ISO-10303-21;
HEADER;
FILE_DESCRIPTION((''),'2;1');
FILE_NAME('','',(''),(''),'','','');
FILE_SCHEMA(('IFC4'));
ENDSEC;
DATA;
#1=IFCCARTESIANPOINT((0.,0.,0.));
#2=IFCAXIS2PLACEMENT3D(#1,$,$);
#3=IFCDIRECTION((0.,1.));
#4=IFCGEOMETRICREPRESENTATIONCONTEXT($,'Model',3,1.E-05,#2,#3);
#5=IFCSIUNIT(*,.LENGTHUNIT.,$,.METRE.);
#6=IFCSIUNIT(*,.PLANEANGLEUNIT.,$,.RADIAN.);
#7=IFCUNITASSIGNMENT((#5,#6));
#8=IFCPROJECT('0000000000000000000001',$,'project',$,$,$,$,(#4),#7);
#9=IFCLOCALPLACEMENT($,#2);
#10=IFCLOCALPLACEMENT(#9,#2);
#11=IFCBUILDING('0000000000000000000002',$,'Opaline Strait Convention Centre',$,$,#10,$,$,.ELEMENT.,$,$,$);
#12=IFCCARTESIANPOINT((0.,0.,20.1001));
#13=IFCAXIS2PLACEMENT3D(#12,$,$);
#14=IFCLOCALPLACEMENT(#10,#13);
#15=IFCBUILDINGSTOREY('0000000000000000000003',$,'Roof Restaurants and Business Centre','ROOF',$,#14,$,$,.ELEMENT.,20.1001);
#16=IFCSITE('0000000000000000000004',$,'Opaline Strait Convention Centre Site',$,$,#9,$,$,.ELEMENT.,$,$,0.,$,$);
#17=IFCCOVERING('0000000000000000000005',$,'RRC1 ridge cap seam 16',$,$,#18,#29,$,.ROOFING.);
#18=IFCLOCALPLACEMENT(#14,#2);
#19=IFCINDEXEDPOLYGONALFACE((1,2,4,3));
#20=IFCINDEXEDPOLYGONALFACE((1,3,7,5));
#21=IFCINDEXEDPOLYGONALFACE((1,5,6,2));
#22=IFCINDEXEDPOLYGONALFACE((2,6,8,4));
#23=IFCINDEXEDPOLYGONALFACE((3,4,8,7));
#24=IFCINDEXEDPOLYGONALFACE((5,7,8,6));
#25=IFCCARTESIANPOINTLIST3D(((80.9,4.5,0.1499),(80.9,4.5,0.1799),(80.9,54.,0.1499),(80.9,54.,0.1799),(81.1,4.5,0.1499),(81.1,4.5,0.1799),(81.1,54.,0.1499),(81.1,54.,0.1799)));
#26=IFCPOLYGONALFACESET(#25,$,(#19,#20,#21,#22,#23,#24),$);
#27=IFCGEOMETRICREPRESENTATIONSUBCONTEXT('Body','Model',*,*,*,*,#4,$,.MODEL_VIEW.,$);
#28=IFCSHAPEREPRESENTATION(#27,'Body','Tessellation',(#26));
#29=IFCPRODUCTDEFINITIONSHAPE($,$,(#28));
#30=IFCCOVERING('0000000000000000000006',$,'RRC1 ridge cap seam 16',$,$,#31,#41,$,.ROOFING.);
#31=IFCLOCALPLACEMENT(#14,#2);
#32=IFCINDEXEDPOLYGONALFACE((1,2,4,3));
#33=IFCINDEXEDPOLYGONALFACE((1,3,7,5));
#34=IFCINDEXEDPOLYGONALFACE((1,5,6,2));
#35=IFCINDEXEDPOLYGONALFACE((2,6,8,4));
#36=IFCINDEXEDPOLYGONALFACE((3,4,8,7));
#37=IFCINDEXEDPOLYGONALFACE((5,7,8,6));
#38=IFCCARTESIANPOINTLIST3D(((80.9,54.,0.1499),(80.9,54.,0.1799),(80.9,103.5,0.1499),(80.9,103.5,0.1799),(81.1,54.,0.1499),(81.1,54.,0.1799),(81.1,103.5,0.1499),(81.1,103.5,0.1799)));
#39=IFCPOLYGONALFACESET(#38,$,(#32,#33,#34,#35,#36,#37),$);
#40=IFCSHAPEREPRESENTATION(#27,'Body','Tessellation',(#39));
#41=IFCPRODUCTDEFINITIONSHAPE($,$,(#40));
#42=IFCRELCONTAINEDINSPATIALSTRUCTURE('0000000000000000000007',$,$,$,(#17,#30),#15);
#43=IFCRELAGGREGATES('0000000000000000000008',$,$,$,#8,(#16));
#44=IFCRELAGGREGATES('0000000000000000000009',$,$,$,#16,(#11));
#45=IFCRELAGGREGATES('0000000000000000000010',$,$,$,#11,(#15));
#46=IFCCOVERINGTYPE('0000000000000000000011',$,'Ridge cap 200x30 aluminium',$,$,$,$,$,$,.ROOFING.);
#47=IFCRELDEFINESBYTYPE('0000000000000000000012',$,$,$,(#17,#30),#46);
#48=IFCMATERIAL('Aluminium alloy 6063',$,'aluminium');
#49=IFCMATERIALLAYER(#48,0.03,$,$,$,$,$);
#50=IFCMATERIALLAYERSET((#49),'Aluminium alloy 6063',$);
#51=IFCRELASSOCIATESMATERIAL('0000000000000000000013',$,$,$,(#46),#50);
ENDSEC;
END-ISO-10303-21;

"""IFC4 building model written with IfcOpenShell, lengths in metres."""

from ifc_helpers import new_model, si_unit, direction, frame, origin, origin_2d, place, context, subcontext, project, spatial, rectangle, extrude, material, layer, layer_set, type_object, element, save


model = new_model("IFC4")

# Units and contexts
model_context = context("Model", 3, precision=1e-05, world=origin(), true_north=direction((0.0, 1.0)))
body_context = subcontext(model_context, "Body", "Model", "MODEL_VIEW")
ifc_project = project(units=[si_unit("LENGTHUNIT", "METRE"), si_unit("PLANEANGLEUNIT", "RADIAN")], contexts=[model_context])

# Site, building, storey
site_placement = place(None, origin())
site = spatial("IfcSite", under=ifc_project, at=site_placement, Name="Opaline Strait Convention Centre Site", CompositionType="ELEMENT", RefElevation=0.0)
building_placement = place(site_placement, origin())
building = spatial("IfcBuilding", under=site, at=building_placement, Name="Opaline Strait Convention Centre", CompositionType="ELEMENT")
storey_placement = place(building_placement, frame((0.0, 0.0, 20.1001)))
storey = spatial("IfcBuildingStorey", under=building, at=storey_placement, Name="Roof Restaurants and Business Centre", Description="ROOF", CompositionType="ELEMENT", Elevation=20.1001)

# Coverings
ifc_material_1 = material(Name="Aluminium alloy 6063", Category="aluminium")
ifc_layer_1 = layer(ifc_material_1, 0.03)
ifc_layer_set_1 = layer_set([ifc_layer_1], Name="Aluminium alloy 6063")
covering_type = type_object("IfcCoveringType", Name="Ridge cap 200x30 aluminium", PredefinedType="ROOFING", material=ifc_layer_set_1)
for number, where, z_axis, x_axis, name in (
    (1, (81.0, 29.25, 0.1499), (0.0, 0.0, 1.0), (1.0, 0.0, 0.0), "RRC1 ridge cap seam 16"),
    (2, (81.0, 78.75, 0.1499), (0.0, 0.0, 1.0), (1.0, 0.0, 0.0), "RRC1 ridge cap seam 16"),
):
    element("IfcCovering", number, at=place(storey_placement, frame(where, z_axis=z_axis, x_axis=x_axis)), inside=storey, type_object=covering_type, Name=name, PredefinedType="ROOFING", context=body_context, shape_type="SweptSolid", body=[
        extrude(rectangle(XDim=0.2, YDim=49.5, at=origin_2d()), origin(), (0.0, 0.0, 1.0), 0.03),
    ])

save(model, "model.ifc")
